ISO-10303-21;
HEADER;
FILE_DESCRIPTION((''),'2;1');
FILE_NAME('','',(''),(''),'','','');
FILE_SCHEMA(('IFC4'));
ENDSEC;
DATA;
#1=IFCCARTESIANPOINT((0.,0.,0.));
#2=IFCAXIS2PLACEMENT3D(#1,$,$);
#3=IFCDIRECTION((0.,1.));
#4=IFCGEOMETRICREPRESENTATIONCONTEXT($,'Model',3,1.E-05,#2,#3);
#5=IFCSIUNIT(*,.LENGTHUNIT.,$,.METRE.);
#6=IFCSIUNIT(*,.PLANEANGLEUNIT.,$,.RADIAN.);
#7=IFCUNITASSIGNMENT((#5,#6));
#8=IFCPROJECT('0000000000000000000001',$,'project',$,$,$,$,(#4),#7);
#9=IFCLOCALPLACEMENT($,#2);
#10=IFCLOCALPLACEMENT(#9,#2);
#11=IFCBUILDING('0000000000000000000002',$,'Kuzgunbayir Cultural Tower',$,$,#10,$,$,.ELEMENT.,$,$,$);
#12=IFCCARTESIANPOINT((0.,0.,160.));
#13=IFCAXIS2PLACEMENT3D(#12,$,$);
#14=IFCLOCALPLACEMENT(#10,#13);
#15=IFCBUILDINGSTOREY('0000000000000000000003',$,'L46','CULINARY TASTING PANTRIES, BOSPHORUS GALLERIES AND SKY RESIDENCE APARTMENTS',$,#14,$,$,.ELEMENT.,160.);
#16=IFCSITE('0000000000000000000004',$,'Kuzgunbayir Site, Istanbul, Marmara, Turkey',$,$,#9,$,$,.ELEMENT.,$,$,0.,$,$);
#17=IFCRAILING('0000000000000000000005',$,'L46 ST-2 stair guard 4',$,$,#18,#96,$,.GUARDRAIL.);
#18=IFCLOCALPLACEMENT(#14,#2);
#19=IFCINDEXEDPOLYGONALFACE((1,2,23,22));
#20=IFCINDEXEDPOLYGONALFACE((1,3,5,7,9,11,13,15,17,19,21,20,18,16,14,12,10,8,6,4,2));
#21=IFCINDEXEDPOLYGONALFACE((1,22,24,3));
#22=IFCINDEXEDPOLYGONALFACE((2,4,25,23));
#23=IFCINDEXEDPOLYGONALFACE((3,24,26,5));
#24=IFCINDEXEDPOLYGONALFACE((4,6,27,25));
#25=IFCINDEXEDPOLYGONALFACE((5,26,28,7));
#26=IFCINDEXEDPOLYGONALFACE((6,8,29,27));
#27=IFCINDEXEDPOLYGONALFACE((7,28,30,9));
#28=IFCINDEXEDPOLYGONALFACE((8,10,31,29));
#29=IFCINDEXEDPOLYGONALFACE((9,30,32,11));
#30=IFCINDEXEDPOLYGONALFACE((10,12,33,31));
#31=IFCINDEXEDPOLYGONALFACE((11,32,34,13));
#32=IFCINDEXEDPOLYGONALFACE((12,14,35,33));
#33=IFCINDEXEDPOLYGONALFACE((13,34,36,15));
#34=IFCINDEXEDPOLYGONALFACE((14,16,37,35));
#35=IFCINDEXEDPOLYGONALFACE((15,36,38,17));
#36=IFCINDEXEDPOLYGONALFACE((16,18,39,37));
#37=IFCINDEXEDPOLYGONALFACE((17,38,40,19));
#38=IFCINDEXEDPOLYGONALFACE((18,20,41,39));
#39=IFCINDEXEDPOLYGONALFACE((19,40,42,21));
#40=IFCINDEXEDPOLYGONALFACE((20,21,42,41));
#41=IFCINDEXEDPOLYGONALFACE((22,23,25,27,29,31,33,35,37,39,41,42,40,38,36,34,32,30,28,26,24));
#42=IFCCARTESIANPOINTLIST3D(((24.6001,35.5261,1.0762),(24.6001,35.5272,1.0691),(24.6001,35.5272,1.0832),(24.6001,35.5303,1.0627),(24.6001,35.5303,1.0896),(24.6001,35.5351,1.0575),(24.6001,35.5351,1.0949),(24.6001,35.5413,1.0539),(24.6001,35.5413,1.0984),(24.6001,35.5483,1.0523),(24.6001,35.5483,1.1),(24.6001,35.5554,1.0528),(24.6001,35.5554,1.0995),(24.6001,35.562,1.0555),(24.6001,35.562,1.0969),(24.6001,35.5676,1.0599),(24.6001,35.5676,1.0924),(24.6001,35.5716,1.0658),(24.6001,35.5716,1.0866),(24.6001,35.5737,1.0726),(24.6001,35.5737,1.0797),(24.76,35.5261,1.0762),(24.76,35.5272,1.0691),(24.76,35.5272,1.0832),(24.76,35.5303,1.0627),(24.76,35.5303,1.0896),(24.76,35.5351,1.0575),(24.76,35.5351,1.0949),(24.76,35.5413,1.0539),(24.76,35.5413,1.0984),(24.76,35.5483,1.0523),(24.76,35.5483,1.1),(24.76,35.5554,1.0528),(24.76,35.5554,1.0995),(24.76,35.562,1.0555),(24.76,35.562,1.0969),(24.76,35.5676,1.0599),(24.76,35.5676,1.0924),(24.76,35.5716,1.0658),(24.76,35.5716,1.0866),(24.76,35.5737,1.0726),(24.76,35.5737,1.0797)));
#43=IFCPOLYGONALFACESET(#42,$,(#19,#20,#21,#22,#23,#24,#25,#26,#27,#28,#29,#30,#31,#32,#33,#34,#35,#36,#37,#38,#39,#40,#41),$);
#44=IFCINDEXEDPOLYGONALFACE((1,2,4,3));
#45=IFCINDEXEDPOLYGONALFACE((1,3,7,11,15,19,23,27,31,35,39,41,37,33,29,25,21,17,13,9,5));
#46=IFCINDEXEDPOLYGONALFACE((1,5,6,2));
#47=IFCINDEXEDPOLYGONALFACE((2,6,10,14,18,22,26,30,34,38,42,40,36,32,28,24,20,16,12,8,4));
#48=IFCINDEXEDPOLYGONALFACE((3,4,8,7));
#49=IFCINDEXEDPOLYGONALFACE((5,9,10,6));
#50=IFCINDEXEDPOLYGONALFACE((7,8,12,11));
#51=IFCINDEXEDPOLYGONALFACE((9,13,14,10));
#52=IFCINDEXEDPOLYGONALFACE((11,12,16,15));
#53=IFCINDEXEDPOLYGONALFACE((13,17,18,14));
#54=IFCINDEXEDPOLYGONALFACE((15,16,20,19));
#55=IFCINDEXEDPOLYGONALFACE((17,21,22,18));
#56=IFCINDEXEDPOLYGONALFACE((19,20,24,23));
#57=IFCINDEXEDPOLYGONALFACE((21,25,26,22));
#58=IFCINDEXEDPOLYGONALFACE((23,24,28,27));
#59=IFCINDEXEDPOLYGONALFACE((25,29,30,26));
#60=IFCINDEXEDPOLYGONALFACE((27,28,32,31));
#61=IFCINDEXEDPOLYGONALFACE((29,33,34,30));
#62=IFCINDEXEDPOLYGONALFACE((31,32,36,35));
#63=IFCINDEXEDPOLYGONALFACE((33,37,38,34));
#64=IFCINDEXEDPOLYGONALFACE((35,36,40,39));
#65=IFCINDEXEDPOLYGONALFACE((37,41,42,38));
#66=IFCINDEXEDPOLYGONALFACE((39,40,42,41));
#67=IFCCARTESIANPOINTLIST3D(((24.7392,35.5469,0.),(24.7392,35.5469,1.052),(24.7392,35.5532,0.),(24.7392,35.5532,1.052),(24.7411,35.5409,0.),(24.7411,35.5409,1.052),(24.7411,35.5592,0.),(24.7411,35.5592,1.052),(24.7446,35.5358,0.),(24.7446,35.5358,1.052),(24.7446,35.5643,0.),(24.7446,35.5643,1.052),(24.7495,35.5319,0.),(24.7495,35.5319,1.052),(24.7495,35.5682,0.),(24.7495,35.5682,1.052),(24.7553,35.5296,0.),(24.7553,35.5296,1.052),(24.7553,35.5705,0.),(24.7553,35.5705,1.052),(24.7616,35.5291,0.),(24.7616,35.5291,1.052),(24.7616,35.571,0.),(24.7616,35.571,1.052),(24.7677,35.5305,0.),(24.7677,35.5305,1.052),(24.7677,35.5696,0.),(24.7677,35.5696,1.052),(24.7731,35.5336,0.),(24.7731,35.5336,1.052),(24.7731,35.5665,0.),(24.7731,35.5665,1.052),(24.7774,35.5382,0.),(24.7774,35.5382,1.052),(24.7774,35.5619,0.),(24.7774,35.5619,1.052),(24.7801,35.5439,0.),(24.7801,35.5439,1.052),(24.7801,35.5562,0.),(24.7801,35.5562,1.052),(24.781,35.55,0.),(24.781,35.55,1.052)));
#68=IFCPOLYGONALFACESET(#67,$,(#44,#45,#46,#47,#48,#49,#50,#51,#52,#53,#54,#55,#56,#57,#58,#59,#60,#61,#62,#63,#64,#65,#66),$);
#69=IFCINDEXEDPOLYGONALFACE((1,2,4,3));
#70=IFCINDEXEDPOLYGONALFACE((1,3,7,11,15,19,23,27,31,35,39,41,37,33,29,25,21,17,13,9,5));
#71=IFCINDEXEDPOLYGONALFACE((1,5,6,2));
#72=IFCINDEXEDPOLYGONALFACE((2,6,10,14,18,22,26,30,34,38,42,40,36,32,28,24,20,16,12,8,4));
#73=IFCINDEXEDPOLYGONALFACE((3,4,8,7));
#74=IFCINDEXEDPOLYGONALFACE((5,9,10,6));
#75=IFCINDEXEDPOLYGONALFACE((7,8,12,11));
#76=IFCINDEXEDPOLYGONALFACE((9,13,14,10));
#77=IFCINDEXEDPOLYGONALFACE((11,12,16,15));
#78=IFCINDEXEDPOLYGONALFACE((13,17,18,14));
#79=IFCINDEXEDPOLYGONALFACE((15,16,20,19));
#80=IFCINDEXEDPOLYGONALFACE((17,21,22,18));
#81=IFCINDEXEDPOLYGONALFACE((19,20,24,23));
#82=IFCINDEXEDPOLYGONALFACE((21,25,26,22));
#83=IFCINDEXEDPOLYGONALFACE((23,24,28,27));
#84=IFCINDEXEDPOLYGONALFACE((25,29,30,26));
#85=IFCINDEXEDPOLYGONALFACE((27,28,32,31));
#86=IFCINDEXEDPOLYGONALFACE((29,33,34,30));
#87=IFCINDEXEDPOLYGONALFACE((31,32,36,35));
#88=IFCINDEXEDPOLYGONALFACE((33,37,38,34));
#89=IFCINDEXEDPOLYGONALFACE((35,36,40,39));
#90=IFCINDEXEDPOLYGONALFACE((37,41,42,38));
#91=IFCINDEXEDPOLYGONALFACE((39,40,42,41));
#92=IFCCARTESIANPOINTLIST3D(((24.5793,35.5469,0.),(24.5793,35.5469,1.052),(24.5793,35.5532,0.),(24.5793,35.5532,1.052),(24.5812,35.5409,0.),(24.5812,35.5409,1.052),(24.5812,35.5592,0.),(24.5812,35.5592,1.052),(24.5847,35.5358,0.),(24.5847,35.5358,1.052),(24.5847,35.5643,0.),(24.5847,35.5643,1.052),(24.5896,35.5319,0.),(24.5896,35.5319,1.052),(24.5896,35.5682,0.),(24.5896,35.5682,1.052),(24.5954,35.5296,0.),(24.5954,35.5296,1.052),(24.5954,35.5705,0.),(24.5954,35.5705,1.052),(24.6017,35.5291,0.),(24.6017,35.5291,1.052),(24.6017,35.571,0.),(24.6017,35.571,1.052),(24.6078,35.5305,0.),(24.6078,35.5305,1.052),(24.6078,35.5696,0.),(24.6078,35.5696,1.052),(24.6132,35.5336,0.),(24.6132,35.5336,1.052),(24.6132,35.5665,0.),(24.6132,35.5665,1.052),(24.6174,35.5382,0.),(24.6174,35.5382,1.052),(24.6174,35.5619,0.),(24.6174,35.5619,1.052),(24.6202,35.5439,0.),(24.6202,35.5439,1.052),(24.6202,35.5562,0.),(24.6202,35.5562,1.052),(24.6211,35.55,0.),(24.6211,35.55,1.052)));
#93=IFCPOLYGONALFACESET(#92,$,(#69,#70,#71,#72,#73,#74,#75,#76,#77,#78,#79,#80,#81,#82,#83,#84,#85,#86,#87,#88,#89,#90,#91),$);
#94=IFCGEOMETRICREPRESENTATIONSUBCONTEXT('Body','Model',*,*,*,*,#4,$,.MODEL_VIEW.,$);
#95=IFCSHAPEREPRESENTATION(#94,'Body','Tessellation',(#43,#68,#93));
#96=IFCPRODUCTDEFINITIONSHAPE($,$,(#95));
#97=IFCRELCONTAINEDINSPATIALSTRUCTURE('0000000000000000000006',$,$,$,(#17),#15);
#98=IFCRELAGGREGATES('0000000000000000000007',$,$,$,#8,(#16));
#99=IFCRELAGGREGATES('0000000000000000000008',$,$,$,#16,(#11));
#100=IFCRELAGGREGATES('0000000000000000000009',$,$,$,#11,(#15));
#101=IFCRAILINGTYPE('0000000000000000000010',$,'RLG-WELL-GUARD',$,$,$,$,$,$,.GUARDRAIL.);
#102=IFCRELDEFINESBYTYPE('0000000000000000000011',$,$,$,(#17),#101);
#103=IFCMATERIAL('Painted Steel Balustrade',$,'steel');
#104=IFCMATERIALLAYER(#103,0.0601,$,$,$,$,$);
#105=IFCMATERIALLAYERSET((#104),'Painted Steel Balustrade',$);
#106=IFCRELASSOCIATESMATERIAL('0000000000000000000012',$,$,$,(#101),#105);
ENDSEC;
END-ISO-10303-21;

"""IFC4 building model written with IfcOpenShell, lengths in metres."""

from ifc_helpers import new_model, si_unit, direction, frame, origin, origin_2d, place, context, subcontext, project, spatial, circle, extrude, material, layer, layer_set, type_object, element, save


model = new_model("IFC4")

# Units and contexts
model_context = context("Model", 3, precision=1e-05, world=origin(), true_north=direction((0.0, 1.0)))
body_context = subcontext(model_context, "Body", "Model", "MODEL_VIEW")
ifc_project = project(units=[si_unit("LENGTHUNIT", "METRE"), si_unit("PLANEANGLEUNIT", "RADIAN")], contexts=[model_context])

# Site, building, storey
site_placement = place(None, origin())
site = spatial("IfcSite", under=ifc_project, at=site_placement, Name="Kuzgunbayir Site, Istanbul, Marmara, Turkey", CompositionType="ELEMENT", RefElevation=0.0)
building_placement = place(site_placement, origin())
building = spatial("IfcBuilding", under=site, at=building_placement, Name="Kuzgunbayir Cultural Tower", CompositionType="ELEMENT")
storey_placement = place(building_placement, frame((0.0, 0.0, 160.0)))
storey = spatial("IfcBuildingStorey", under=building, at=storey_placement, Name="L46", Description="CULINARY TASTING PANTRIES, BOSPHORUS GALLERIES AND SKY RESIDENCE APARTMENTS", CompositionType="ELEMENT", Elevation=160.0)

# Railing
ifc_material_1 = material(Name="Painted Steel Balustrade", Category="steel")
ifc_layer_1 = layer(ifc_material_1, 0.0601)
ifc_layer_set_1 = layer_set([ifc_layer_1], Name="Painted Steel Balustrade")
railing_type_1 = type_object("IfcRailingType", Name="RLG-WELL-GUARD", PredefinedType="GUARDRAIL", material=ifc_layer_set_1)
railing_1_placement = place(storey_placement, frame((24.76, 35.55, 0.0)))
element("IfcRailing", 1, at=railing_1_placement, inside=storey, type_object=railing_type_1, Name="L46 ST-2 stair guard 4", PredefinedType="GUARDRAIL", context=body_context, shape_type="SweptSolid", body=[
    extrude(circle(Radius=0.0239, at=origin_2d()), frame((0.0, 0.0, 1.0762), z_axis=(-1.0, 0.0, 0.0), x_axis=(0.0, -1.0, 0.0)), (0.0, 0.0, 1.0), 0.1599),
    extrude(circle(Radius=0.021, at=origin_2d()), origin(), (0.0, 0.0, 1.0), 1.052),
    extrude(circle(Radius=0.021, at=origin_2d()), frame((-0.1599, 0.0, 0.0)), (0.0, 0.0, 1.0), 1.052),
])

save(model, "model.ifc")
